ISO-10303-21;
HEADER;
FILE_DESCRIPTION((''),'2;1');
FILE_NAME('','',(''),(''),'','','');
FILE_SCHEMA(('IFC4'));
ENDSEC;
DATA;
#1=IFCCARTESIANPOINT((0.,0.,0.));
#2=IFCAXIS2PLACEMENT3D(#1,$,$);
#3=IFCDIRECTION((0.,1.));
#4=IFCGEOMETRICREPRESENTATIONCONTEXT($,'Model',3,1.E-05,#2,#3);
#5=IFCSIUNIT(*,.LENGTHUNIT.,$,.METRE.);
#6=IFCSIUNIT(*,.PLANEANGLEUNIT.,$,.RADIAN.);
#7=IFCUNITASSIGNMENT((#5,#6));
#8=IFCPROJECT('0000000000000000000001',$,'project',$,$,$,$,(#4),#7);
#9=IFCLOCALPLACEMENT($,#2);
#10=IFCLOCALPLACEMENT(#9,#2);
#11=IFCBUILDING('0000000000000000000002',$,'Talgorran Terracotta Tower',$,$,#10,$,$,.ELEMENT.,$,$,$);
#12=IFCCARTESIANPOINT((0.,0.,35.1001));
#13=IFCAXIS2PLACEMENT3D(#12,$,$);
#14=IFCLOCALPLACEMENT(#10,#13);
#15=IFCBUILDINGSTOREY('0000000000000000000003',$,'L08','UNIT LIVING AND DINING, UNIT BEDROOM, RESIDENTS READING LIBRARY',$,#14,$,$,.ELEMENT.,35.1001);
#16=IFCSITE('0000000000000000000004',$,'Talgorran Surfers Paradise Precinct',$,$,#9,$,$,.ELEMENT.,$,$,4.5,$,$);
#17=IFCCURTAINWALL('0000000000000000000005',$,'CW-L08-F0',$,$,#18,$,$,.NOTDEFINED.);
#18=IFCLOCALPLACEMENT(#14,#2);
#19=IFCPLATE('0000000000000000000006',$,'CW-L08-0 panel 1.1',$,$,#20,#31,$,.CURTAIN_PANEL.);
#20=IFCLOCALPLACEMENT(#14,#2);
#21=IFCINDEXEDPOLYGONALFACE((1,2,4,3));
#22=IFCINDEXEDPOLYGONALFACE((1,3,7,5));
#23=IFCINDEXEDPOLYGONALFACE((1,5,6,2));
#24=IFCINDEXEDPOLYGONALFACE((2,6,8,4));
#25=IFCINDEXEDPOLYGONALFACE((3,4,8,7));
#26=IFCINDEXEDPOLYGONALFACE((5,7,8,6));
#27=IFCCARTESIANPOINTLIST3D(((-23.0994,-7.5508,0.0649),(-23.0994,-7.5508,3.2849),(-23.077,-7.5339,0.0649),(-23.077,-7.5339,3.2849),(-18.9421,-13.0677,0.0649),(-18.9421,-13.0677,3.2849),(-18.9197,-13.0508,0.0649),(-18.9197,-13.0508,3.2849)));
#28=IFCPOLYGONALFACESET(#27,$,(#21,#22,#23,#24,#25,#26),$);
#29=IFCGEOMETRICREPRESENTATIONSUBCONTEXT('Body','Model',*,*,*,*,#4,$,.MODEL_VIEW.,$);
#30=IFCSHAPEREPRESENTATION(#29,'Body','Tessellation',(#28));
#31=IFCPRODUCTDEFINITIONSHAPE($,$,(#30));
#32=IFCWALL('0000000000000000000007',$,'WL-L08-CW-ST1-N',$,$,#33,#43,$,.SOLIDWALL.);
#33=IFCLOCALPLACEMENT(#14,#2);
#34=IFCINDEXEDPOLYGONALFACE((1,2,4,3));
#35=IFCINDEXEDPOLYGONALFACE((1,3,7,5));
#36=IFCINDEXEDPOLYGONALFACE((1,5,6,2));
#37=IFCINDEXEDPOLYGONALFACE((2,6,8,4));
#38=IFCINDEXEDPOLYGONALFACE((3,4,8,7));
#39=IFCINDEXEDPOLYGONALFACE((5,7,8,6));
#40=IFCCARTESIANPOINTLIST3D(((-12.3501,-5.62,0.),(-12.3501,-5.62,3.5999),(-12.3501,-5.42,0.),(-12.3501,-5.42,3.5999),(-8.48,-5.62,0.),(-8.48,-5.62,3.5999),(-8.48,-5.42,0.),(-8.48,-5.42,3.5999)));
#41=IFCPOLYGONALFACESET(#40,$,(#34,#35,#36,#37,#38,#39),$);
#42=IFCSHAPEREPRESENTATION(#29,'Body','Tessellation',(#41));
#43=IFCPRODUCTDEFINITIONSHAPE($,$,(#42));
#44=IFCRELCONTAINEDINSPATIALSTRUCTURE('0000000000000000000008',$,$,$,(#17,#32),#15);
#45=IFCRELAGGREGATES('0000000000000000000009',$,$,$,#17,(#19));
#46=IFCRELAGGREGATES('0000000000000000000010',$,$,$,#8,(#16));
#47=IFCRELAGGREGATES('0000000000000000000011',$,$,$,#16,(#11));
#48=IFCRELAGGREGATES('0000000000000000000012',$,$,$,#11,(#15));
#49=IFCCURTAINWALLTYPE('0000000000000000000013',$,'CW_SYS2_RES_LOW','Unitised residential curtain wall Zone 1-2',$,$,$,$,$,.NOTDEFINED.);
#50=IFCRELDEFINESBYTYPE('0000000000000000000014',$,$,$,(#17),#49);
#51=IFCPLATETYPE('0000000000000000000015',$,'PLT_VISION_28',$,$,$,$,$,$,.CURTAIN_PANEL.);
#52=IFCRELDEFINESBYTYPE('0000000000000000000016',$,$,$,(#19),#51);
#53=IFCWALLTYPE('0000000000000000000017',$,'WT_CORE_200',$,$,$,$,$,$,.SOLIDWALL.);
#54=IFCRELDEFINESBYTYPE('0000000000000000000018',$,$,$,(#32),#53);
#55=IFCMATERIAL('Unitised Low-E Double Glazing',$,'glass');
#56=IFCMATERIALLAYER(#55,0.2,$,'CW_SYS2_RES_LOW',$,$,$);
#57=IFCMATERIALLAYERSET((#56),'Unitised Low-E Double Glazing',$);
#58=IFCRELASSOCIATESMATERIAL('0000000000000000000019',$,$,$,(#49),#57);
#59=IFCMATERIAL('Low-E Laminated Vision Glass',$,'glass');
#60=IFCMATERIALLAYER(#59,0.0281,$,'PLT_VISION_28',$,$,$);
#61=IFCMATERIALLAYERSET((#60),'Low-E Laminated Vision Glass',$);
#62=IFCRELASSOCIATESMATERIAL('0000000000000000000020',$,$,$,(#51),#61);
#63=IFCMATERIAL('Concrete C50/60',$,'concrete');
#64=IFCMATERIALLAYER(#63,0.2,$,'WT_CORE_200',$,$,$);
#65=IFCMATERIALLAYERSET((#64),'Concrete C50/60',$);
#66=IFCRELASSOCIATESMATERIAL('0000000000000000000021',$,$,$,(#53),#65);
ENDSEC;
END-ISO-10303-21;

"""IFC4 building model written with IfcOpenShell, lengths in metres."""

from ifc_helpers import new_model, si_unit, direction, frame, frame_2d, origin, origin_2d, place, context, subcontext, project, spatial, rectangle, extrude, source, transform, mapped, material, layer, layer_set, type_object, type_shapes, element, aggregate, save


model = new_model("IFC4")

# Units and contexts
model_context = context("Model", 3, precision=1e-05, world=origin(), true_north=direction((0.0, 1.0)))
body_context = subcontext(model_context, "Body", "Model", "MODEL_VIEW")
ifc_project = project(units=[si_unit("LENGTHUNIT", "METRE"), si_unit("PLANEANGLEUNIT", "RADIAN")], contexts=[model_context])

# Site, building, storey
site_placement = place(None, origin())
site = spatial("IfcSite", under=ifc_project, at=site_placement, Name="Talgorran Surfers Paradise Precinct", CompositionType="ELEMENT", RefElevation=4.5)
building_placement = place(site_placement, origin())
building = spatial("IfcBuilding", under=site, at=building_placement, Name="Talgorran Terracotta Tower", CompositionType="ELEMENT")
storey_placement = place(building_placement, frame((0.0, 0.0, 35.1001)))
storey = spatial("IfcBuildingStorey", under=building, at=storey_placement, Name="L08", Description="UNIT LIVING AND DINING, UNIT BEDROOM, RESIDENTS READING LIBRARY", CompositionType="ELEMENT", Elevation=35.1001)

# Curtain wall
ifc_material_1 = material(Name="Unitised Low-E Double Glazing", Category="glass")
ifc_layer_1 = layer(ifc_material_1, 0.2, Name="CW_SYS2_RES_LOW")
ifc_layer_set_1 = layer_set([ifc_layer_1], Name="Unitised Low-E Double Glazing")
curtain_wall_type = type_object("IfcCurtainWallType", Name="CW_SYS2_RES_LOW", Description="Unitised residential curtain wall Zone 1-2", PredefinedType="NOTDEFINED", material=ifc_layer_set_1)
curtain_wall_1_placement = place(storey_placement, origin())
curtain_wall_1 = element("IfcCurtainWall", 1, at=curtain_wall_1_placement, inside=storey, type_object=curtain_wall_type, Name="CW-L08-F0", PredefinedType="NOTDEFINED")

# Plate
ifc_material_2 = material(Name="Low-E Laminated Vision Glass", Category="glass")
ifc_layer_2 = layer(ifc_material_2, 0.0281, Name="PLT_VISION_28")
ifc_layer_set_2 = layer_set([ifc_layer_2], Name="Low-E Laminated Vision Glass")
plate_type_1 = type_object("IfcPlateType", Name="PLT_VISION_28", PredefinedType="CURTAIN_PANEL", material=ifc_layer_set_2)
shared_shape_1 = source(origin(), body_context, "Body", "SweptSolid", [
    extrude(rectangle(XDim=6.908, YDim=0.0281, at=origin_2d()), origin(), (0.0, 0.0, 1.0), 3.22),
])
type_shapes(plate_type_1, [shared_shape_1])
plate_1_placement = place(storey_placement, frame((-21.0095, -10.3008, 0.0649), z_axis=(0.0, 0.0, 1.0), x_axis=(0.601812, -0.798638, 0.0)))
plate_1 = element("IfcPlate", 2, at=plate_1_placement, type_object=plate_type_1, Name="CW-L08-0 panel 1.1", PredefinedType="CURTAIN_PANEL", context=body_context, shape_type="MappedRepresentation", body=[
    mapped(shared_shape_1, transform((0.0, 0.0, 0.0), scale=1.0)),
])
aggregate(curtain_wall_1, [plate_1])

# Wall
ifc_material_3 = material(Name="Concrete C50/60", Category="concrete")
ifc_layer_3 = layer(ifc_material_3, 0.2, Name="WT_CORE_200")
ifc_layer_set_3 = layer_set([ifc_layer_3], Name="Concrete C50/60")
wall_type_1 = type_object("IfcWallType", Name="WT_CORE_200", PredefinedType="SOLIDWALL", material=ifc_layer_set_3)
wall_1_placement = place(storey_placement, frame((-12.3501, -5.52, 0.0), z_axis=(0.0, 0.0, 1.0), x_axis=(1.0, 0.0, 0.0)))
element("IfcWall", 3, at=wall_1_placement, inside=storey, type_object=wall_type_1, Name="WL-L08-CW-ST1-N", PredefinedType="SOLIDWALL", context=body_context, shape_type="SweptSolid", body=[
    extrude(rectangle(XDim=3.8701, YDim=0.2, at=frame_2d((1.9351, 0.0))), origin(), (0.0, 0.0, 1.0), 3.5999),
])

save(model, "model.ifc")
